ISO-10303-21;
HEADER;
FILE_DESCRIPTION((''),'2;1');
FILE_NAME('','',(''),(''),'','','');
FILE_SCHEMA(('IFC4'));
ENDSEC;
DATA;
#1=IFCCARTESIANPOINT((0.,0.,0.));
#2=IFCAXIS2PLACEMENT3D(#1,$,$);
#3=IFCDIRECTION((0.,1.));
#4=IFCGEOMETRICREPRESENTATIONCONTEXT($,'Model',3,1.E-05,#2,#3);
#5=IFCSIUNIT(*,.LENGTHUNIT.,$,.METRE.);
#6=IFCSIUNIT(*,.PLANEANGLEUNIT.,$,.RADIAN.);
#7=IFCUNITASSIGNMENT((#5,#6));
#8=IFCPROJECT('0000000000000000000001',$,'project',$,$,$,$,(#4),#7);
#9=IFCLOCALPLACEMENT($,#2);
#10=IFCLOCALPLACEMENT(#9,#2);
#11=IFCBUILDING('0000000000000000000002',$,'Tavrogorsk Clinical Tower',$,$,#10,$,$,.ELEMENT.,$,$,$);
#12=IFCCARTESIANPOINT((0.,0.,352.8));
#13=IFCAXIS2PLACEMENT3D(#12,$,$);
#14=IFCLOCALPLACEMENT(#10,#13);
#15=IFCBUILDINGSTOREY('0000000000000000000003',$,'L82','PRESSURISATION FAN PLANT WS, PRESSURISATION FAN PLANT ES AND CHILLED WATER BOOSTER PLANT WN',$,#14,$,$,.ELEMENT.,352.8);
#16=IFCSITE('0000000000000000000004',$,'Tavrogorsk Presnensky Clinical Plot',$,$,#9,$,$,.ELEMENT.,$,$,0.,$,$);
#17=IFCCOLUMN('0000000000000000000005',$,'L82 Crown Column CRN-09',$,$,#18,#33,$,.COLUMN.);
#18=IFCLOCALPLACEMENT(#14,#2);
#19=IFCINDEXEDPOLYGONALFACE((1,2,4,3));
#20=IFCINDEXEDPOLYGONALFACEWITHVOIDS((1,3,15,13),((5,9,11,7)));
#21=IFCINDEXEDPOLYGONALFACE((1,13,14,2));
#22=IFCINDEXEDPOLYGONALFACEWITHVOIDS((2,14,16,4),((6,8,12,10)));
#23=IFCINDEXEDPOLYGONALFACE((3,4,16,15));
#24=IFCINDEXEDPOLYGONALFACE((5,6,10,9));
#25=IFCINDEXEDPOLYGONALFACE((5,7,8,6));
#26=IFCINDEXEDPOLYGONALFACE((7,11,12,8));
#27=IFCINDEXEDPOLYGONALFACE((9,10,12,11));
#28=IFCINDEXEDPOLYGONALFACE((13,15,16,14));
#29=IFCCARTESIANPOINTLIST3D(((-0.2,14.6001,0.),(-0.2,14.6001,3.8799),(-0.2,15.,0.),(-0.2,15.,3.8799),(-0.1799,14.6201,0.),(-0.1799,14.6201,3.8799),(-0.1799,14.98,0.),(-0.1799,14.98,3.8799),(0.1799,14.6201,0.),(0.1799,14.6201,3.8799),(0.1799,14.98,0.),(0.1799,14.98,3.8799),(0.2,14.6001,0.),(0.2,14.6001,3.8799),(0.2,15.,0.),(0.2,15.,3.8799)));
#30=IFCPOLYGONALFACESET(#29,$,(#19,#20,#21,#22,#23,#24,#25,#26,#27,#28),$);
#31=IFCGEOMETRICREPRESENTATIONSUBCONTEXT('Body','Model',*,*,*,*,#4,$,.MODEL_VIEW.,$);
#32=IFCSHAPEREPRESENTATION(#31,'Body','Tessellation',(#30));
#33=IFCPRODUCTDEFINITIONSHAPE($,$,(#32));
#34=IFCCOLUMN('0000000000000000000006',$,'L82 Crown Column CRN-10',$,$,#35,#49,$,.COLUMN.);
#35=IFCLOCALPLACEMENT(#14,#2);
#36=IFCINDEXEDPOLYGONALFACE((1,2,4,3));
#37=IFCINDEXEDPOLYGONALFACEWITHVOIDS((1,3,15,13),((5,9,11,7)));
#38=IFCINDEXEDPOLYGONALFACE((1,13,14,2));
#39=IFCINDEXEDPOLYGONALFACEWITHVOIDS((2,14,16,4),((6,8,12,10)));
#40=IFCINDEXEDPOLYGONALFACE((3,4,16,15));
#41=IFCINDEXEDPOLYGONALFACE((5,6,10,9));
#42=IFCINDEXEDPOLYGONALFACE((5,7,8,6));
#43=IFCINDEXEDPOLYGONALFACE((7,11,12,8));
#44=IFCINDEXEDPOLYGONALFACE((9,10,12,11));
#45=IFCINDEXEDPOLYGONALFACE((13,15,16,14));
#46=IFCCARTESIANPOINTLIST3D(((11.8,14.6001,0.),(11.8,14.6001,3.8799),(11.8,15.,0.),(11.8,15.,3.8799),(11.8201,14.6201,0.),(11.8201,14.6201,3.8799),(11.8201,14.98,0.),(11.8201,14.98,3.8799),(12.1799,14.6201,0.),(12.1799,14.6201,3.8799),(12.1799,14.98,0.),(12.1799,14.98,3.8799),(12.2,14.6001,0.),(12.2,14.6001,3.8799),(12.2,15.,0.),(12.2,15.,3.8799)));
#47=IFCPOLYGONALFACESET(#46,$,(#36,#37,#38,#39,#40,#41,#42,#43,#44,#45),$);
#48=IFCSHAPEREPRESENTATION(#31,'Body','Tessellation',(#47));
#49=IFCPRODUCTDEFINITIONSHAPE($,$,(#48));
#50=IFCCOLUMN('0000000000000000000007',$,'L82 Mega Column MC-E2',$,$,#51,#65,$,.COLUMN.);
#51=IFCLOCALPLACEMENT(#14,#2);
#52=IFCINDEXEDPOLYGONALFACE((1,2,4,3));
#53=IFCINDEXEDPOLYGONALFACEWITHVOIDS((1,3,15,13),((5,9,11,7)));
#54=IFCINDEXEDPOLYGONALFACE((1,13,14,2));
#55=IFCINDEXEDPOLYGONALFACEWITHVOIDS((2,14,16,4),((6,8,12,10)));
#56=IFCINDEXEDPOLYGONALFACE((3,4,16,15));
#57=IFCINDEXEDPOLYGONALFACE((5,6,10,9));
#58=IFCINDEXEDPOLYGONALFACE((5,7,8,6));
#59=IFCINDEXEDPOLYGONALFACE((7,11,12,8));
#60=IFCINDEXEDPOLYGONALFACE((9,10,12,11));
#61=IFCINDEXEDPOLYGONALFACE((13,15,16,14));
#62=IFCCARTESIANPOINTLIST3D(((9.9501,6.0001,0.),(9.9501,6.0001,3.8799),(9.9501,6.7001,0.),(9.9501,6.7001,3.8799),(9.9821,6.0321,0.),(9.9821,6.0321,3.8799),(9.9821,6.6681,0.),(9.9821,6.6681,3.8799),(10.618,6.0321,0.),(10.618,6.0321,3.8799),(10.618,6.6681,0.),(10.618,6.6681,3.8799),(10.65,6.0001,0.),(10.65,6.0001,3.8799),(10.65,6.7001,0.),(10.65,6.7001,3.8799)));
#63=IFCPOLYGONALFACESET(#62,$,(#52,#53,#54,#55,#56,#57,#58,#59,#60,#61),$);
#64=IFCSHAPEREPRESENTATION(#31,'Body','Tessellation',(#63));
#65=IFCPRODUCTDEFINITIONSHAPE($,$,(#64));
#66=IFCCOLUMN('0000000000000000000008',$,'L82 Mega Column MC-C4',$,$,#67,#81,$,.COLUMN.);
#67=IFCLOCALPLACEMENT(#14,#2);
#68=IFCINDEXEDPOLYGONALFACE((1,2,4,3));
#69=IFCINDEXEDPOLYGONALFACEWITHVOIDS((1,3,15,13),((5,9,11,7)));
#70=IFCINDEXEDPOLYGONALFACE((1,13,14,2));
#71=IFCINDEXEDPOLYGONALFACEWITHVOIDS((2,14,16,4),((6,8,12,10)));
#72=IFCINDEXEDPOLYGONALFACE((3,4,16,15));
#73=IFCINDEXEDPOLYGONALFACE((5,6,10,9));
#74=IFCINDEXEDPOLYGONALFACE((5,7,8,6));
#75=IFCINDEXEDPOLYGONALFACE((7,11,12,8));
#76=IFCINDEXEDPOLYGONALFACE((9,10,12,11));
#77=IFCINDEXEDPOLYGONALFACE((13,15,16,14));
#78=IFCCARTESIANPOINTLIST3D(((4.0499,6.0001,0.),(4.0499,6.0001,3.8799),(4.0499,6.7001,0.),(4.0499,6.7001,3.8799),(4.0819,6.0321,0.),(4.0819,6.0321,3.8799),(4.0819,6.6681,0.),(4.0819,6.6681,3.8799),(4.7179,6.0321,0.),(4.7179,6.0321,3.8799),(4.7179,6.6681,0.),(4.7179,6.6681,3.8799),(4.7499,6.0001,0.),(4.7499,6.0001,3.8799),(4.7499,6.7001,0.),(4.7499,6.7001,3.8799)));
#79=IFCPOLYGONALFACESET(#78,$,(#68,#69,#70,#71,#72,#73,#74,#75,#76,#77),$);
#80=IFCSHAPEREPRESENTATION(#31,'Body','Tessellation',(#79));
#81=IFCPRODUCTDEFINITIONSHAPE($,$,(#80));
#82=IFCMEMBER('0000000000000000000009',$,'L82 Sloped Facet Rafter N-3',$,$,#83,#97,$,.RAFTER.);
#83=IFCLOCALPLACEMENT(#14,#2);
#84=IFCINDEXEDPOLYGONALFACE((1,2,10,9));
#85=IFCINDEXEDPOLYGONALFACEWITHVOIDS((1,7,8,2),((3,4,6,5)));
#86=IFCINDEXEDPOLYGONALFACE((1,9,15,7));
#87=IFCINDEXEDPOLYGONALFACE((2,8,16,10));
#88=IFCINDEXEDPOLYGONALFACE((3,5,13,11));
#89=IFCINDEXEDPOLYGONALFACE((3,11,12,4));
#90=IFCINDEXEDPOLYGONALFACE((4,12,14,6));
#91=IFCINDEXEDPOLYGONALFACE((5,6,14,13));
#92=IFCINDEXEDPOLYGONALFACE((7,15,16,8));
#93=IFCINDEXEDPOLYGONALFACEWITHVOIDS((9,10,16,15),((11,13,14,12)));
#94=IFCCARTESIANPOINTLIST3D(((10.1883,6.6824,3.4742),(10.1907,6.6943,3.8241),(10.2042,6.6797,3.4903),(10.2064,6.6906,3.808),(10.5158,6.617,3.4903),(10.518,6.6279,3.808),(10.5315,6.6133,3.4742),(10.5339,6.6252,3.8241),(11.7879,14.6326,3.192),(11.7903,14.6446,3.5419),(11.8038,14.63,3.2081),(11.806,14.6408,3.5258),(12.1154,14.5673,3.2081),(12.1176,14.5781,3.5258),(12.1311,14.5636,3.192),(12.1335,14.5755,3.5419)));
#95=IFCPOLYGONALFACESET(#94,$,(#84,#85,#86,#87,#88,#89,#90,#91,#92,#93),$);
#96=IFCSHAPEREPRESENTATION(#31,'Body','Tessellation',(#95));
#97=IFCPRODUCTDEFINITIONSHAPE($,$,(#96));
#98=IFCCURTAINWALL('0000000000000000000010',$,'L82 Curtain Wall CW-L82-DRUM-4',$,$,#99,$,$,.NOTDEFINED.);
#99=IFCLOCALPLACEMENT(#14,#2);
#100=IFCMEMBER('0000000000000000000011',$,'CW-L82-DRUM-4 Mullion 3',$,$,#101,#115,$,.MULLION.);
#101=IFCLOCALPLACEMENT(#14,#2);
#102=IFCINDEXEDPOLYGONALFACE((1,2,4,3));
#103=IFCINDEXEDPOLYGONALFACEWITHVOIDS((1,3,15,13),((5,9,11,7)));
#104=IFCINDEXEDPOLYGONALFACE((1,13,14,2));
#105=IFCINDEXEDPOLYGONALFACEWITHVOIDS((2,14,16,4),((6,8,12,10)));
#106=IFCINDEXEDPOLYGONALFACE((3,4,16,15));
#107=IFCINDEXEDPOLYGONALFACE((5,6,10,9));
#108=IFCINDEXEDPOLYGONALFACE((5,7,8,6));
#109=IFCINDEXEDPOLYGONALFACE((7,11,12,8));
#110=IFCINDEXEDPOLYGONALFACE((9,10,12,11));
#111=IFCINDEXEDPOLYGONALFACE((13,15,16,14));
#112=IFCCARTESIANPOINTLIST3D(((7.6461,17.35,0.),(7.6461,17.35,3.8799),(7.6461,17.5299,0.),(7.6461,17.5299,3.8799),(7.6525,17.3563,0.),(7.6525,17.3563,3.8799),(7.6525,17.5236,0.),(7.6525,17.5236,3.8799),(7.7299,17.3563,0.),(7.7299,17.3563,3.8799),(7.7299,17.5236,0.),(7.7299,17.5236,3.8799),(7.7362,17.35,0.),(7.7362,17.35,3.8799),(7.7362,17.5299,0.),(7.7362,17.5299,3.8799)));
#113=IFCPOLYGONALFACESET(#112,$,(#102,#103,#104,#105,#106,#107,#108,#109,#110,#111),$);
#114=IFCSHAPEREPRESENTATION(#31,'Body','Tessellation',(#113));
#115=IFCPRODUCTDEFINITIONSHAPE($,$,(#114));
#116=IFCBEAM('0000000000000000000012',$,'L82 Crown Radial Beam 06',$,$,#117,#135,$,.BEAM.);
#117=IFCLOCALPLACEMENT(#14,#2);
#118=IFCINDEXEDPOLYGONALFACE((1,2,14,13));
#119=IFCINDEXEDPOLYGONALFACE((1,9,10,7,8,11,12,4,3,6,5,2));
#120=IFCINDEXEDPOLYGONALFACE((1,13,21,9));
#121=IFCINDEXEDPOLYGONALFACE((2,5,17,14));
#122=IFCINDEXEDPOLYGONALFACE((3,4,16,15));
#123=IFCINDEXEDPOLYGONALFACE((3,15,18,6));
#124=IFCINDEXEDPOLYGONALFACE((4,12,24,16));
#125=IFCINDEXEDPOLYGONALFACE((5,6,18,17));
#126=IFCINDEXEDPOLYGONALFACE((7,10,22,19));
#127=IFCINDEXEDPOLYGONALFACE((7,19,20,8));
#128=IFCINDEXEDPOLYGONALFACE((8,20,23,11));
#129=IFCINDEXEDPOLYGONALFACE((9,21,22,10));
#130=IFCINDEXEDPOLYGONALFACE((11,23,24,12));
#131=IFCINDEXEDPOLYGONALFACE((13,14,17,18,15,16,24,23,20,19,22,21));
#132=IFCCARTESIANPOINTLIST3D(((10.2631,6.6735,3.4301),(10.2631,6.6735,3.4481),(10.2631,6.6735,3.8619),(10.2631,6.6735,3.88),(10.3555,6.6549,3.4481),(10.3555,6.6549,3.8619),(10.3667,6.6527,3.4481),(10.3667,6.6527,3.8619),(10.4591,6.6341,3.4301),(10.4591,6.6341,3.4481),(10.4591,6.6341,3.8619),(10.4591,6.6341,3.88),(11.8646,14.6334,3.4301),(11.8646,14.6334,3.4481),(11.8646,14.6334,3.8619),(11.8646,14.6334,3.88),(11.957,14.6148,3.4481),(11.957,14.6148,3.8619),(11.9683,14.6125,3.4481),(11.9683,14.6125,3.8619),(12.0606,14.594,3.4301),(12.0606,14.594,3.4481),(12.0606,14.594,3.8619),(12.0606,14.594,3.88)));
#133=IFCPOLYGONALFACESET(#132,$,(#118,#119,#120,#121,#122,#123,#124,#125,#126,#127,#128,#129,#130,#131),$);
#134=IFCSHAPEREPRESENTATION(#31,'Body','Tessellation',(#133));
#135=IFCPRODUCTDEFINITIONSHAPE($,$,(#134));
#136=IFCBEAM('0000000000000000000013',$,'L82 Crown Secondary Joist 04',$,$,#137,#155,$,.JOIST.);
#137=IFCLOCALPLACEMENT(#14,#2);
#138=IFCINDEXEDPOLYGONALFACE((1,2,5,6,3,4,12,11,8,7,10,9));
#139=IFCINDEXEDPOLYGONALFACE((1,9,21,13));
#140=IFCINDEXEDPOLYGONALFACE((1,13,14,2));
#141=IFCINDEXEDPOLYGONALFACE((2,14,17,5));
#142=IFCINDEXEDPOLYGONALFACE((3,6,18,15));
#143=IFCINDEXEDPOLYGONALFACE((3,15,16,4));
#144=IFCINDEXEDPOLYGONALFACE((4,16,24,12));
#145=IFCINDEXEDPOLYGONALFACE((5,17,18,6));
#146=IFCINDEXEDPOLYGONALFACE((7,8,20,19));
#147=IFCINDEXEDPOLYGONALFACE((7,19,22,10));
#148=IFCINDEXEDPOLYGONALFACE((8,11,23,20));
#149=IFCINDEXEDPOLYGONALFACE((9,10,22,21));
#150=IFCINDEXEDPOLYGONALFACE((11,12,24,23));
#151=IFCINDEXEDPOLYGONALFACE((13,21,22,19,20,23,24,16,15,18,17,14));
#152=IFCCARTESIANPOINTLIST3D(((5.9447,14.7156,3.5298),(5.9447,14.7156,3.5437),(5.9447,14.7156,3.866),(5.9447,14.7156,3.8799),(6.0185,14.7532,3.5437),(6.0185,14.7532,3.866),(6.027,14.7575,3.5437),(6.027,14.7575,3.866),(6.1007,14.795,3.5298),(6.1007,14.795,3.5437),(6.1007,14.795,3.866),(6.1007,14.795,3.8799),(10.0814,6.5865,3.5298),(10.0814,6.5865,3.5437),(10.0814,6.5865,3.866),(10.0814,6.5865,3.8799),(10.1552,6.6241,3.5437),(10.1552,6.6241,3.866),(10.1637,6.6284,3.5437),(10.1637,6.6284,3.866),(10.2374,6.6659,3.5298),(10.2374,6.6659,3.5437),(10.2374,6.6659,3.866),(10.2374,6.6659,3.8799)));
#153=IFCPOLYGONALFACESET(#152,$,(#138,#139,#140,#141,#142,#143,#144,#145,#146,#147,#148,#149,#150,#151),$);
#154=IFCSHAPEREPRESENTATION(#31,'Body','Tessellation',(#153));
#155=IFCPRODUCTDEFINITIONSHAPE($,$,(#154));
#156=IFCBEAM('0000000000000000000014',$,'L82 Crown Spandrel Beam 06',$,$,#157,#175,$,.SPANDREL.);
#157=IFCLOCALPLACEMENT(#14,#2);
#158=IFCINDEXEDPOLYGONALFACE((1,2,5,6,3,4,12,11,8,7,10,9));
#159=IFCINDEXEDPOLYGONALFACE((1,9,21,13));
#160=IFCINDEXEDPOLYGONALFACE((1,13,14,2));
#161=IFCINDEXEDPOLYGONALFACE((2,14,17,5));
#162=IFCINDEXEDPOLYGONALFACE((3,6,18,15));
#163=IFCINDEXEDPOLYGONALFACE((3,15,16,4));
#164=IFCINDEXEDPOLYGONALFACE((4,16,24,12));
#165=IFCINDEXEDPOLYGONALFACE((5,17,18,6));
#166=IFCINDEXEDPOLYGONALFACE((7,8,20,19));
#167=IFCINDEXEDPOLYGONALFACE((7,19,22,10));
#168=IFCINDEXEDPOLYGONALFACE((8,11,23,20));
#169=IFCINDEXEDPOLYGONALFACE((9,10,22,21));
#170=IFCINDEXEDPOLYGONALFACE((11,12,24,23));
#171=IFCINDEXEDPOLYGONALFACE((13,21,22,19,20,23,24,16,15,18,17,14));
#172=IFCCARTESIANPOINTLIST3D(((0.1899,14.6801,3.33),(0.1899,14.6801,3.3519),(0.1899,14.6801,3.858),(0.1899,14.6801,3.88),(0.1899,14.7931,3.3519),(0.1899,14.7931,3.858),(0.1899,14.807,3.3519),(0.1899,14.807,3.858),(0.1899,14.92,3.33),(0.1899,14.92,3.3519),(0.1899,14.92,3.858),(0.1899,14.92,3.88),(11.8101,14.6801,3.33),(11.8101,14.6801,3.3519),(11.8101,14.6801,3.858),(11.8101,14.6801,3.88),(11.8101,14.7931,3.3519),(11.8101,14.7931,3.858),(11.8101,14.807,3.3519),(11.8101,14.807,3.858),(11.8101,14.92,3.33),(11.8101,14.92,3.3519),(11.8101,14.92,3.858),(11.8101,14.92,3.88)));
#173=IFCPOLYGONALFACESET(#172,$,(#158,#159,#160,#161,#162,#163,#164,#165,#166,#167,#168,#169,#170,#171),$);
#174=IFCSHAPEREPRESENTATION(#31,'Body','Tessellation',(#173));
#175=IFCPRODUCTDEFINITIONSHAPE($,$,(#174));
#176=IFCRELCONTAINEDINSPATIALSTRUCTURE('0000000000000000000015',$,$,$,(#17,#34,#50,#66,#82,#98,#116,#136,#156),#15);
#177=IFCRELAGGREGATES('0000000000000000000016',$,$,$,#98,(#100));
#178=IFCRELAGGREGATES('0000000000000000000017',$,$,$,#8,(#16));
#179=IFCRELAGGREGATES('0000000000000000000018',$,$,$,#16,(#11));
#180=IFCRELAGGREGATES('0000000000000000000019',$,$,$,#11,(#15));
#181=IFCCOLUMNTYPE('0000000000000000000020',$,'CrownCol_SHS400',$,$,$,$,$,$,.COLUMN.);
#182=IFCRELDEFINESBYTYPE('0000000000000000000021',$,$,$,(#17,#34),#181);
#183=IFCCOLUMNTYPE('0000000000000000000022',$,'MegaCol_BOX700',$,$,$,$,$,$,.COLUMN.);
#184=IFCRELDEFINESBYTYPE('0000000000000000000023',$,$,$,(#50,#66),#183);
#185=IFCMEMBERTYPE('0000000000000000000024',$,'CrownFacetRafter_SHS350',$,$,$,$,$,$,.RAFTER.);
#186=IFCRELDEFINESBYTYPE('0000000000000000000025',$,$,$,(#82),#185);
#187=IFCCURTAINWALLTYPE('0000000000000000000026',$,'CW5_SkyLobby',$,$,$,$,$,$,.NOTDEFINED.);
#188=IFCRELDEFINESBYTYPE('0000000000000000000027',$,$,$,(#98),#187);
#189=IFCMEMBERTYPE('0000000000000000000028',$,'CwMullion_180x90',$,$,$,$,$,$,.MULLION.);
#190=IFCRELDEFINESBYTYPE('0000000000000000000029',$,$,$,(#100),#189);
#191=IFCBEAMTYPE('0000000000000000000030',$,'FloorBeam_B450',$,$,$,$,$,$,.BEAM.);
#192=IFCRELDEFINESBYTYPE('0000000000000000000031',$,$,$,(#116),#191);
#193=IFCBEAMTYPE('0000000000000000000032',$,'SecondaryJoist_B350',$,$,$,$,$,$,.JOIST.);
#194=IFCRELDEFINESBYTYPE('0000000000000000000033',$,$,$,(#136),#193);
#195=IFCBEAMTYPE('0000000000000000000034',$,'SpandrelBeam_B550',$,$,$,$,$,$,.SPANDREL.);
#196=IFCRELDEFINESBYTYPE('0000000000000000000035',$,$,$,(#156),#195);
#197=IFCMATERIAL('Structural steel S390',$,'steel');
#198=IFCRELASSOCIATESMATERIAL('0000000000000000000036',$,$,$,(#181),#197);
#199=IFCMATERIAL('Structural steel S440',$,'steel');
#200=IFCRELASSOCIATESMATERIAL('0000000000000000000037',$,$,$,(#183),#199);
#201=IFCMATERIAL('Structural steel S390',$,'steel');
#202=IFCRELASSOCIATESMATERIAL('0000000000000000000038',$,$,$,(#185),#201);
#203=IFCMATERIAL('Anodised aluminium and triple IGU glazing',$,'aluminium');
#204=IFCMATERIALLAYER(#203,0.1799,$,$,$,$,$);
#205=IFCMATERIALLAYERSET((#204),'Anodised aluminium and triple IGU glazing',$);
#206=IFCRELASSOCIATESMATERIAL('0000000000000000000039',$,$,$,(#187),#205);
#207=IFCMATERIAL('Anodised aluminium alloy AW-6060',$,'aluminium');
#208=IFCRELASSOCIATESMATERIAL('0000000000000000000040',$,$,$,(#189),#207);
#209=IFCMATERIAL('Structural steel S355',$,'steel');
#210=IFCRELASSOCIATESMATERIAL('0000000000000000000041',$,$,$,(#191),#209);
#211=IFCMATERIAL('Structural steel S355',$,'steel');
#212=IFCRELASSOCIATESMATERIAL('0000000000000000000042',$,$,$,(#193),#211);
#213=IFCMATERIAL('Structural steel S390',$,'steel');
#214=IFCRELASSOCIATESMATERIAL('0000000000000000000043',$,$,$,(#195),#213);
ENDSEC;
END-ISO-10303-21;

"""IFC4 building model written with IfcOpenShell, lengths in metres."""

from ifc_helpers import new_model, si_unit, direction, frame, origin, origin_2d, place, context, subcontext, project, spatial, hollow_rectangle, i_section, extrude, material, layer, layer_set, material_profile, profile_set, type_object, element, aggregate, save


model = new_model("IFC4")

# Units and contexts
model_context = context("Model", 3, precision=1e-05, world=origin(), true_north=direction((0.0, 1.0)))
body_context = subcontext(model_context, "Body", "Model", "MODEL_VIEW")
ifc_project = project(units=[si_unit("LENGTHUNIT", "METRE"), si_unit("PLANEANGLEUNIT", "RADIAN")], contexts=[model_context])

# Site, building, storey
site_placement = place(None, origin())
site = spatial("IfcSite", under=ifc_project, at=site_placement, Name="Tavrogorsk Presnensky Clinical Plot", CompositionType="ELEMENT", RefElevation=0.0)
building_placement = place(site_placement, origin())
building = spatial("IfcBuilding", under=site, at=building_placement, Name="Tavrogorsk Clinical Tower", CompositionType="ELEMENT")
storey_placement = place(building_placement, frame((0.0, 0.0, 352.8)))
storey = spatial("IfcBuildingStorey", under=building, at=storey_placement, Name="L82", Description="PRESSURISATION FAN PLANT WS, PRESSURISATION FAN PLANT ES AND CHILLED WATER BOOSTER PLANT WN", CompositionType="ELEMENT", Elevation=352.8)

# Columns
ifc_material_1 = material(Name="Structural steel S390", Category="steel")
ifc_material_profile_1 = material_profile(ifc_material_1, hollow_rectangle(XDim=0.3999, YDim=0.3999, WallThickness=0.02, at=origin_2d()), Name="SHS-400x400x20")
ifc_profile_set_1 = profile_set([ifc_material_profile_1], Name="Structural steel S390")
column_type_1 = type_object("IfcColumnType", Name="CrownCol_SHS400", PredefinedType="COLUMN", material=ifc_profile_set_1)
for number, where, z_axis, x_axis, name in (
    (1, (0.0, 14.8, 0.0), (0.0, 0.0, 1.0), (1.0, 0.0, 0.0), "L82 Crown Column CRN-09"),
    (2, (12.0, 14.8, 0.0), (0.0, 0.0, 1.0), (1.0, 0.0, 0.0), "L82 Crown Column CRN-10"),
):
    element("IfcColumn", number, at=place(storey_placement, frame(where, z_axis=z_axis, x_axis=x_axis)), inside=storey, type_object=column_type_1, Name=name, PredefinedType="COLUMN", context=body_context, shape_type="SweptSolid", body=[
        extrude(hollow_rectangle(XDim=0.3999, YDim=0.3999, WallThickness=0.02, at=origin_2d()), origin(), (0.0, 0.0, 1.0), 3.8799),
    ])
ifc_material_2 = material(Name="Structural steel S440", Category="steel")
ifc_material_profile_2 = material_profile(ifc_material_2, hollow_rectangle(XDim=0.7, YDim=0.7, WallThickness=0.032, at=origin_2d()), Name="BOX-700x700x32")
ifc_profile_set_2 = profile_set([ifc_material_profile_2], Name="Structural steel S440")
column_type_2 = type_object("IfcColumnType", Name="MegaCol_BOX700", PredefinedType="COLUMN", material=ifc_profile_set_2)
for number, where, z_axis, x_axis, name in (
    (3, (10.3, 6.3501, 0.0), (0.0, 0.0, 1.0), (1.0, 0.0, 0.0), "L82 Mega Column MC-E2"),
    (4, (4.3999, 6.3501, 0.0), (0.0, 0.0, 1.0), (1.0, 0.0, 0.0), "L82 Mega Column MC-C4"),
):
    element("IfcColumn", number, at=place(storey_placement, frame(where, z_axis=z_axis, x_axis=x_axis)), inside=storey, type_object=column_type_2, Name=name, PredefinedType="COLUMN", context=body_context, shape_type="SweptSolid", body=[
        extrude(hollow_rectangle(XDim=0.7, YDim=0.7, WallThickness=0.032, at=origin_2d()), origin(), (0.0, 0.0, 1.0), 3.8799),
    ])

# Member
ifc_material_3 = material(Name="Structural steel S390", Category="steel")
ifc_material_profile_3 = material_profile(ifc_material_3, hollow_rectangle(XDim=0.3501, YDim=0.3501, WallThickness=0.0161, at=origin_2d()), Name="SHS-350x350x16")
ifc_profile_set_3 = profile_set([ifc_material_profile_3], Name="Structural steel S390")
member_type_1 = type_object("IfcMemberType", Name="CrownFacetRafter_SHS350", PredefinedType="RAFTER", material=ifc_profile_set_3)
member_1_placement = place(storey_placement, frame((10.3611, 6.6538, 3.6492), z_axis=(0.197131, 0.97976, -0.034781), x_axis=(-0.980353, 0.197251, 0.0)))
element("IfcMember", 5, at=member_1_placement, inside=storey, type_object=member_type_1, Name="L82 Sloped Facet Rafter N-3", PredefinedType="RAFTER", context=body_context, shape_type="SweptSolid", body=[
    extrude(hollow_rectangle(XDim=0.3501, YDim=0.3501, WallThickness=0.0161, at=origin_2d()), origin(), (0.0, 0.0, 1.0), 8.1145),
])

# Curtain wall, member
ifc_material_4 = material(Name="Anodised aluminium and triple IGU glazing", Category="aluminium")
ifc_layer_1 = layer(ifc_material_4, 0.1799)
ifc_layer_set_1 = layer_set([ifc_layer_1], Name="Anodised aluminium and triple IGU glazing")
curtain_wall_type = type_object("IfcCurtainWallType", Name="CW5_SkyLobby", PredefinedType="NOTDEFINED", material=ifc_layer_set_1)
curtain_wall_placement = place(storey_placement, origin())
curtain_wall = element("IfcCurtainWall", 6, at=curtain_wall_placement, inside=storey, type_object=curtain_wall_type, Name="L82 Curtain Wall CW-L82-DRUM-4", PredefinedType="NOTDEFINED")
ifc_material_5 = material(Name="Anodised aluminium alloy AW-6060", Category="aluminium")
ifc_material_profile_4 = material_profile(ifc_material_5, hollow_rectangle(XDim=0.0901, YDim=0.1799, WallThickness=0.0063, at=origin_2d()), Name="RHS-180x90x6.3")
ifc_profile_set_4 = profile_set([ifc_material_profile_4], Name="Anodised aluminium alloy AW-6060")
member_type_2 = type_object("IfcMemberType", Name="CwMullion_180x90", PredefinedType="MULLION", material=ifc_profile_set_4)
member_2_placement = place(storey_placement, frame((7.6912, 17.4399, 0.0), z_axis=(0.0, 0.0, 1.0), x_axis=(1.0, 0.0, 0.0)))
member_2 = element("IfcMember", 7, at=member_2_placement, type_object=member_type_2, Name="CW-L82-DRUM-4 Mullion 3", PredefinedType="MULLION", context=body_context, shape_type="SweptSolid", body=[
    extrude(hollow_rectangle(XDim=0.0901, YDim=0.1799, WallThickness=0.0063, at=origin_2d()), origin(), (0.0, 0.0, 1.0), 3.8799),
])

# Beams
ifc_material_6 = material(Name="Structural steel S355", Category="steel")
ifc_material_profile_5 = material_profile(ifc_material_6, i_section(OverallWidth=0.2, OverallDepth=0.45, WebThickness=0.0115, FlangeThickness=0.0181, at=origin_2d()), Name="B-450x200x11.5x18")
ifc_profile_set_5 = profile_set([ifc_material_profile_5], Name="Structural steel S355")
beam_type_1 = type_object("IfcBeamType", Name="FloorBeam_B450", PredefinedType="BEAM", material=ifc_profile_set_5)
beam_1_placement = place(storey_placement, frame((10.3611, 6.6538, 3.655), z_axis=(0.197249, 0.980353, 0.0), x_axis=(-0.980353, 0.197249, 0.0)))
element("IfcBeam", 8, at=beam_1_placement, inside=storey, type_object=beam_type_1, Name="L82 Crown Radial Beam 06", PredefinedType="BEAM", context=body_context, shape_type="SweptSolid", body=[
    extrude(i_section(OverallWidth=0.2, OverallDepth=0.45, WebThickness=0.0115, FlangeThickness=0.0181, at=origin_2d()), origin(), (0.0, 0.0, 1.0), 8.1194),
])
ifc_material_7 = material(Name="Structural steel S355", Category="steel")
ifc_material_profile_6 = material_profile(ifc_material_7, i_section(OverallWidth=0.175, OverallDepth=0.3501, WebThickness=0.0095, FlangeThickness=0.0139, at=origin_2d()), Name="B-350x175x9.5x14")
ifc_profile_set_6 = profile_set([ifc_material_profile_6], Name="Structural steel S355")
beam_type_2 = type_object("IfcBeamType", Name="SecondaryJoist_B350", PredefinedType="JOIST", material=ifc_profile_set_6)
beam_2_placement = place(storey_placement, frame((10.1594, 6.6262, 3.7048), z_axis=(-0.45353, 0.891241, 0.0), x_axis=(-0.891241, -0.45353, 0.0)))
element("IfcBeam", 9, at=beam_2_placement, inside=storey, type_object=beam_type_2, Name="L82 Crown Secondary Joist 04", PredefinedType="JOIST", context=body_context, shape_type="SweptSolid", body=[
    extrude(i_section(OverallWidth=0.175, OverallDepth=0.3501, WebThickness=0.0095, FlangeThickness=0.0139, at=origin_2d()), origin(), (0.0, 0.0, 1.0), 9.1211),
])
ifc_material_8 = material(Name="Structural steel S390", Category="steel")
ifc_material_profile_7 = material_profile(ifc_material_8, i_section(OverallWidth=0.24, OverallDepth=0.55, WebThickness=0.0139, FlangeThickness=0.022, at=origin_2d()), Name="B-550x240x14x22")
ifc_profile_set_7 = profile_set([ifc_material_profile_7], Name="Structural steel S390")
beam_type_3 = type_object("IfcBeamType", Name="SpandrelBeam_B550", PredefinedType="SPANDREL", material=ifc_profile_set_7)
beam_3_placement = place(storey_placement, frame((11.8101, 14.8, 3.605), z_axis=(-1.0, 0.0, 0.0), x_axis=(0.0, -1.0, 0.0)))
element("IfcBeam", 10, at=beam_3_placement, inside=storey, type_object=beam_type_3, Name="L82 Crown Spandrel Beam 06", PredefinedType="SPANDREL", context=body_context, shape_type="SweptSolid", body=[
    extrude(i_section(OverallWidth=0.24, OverallDepth=0.55, WebThickness=0.0139, FlangeThickness=0.022, at=origin_2d()), origin(), (0.0, 0.0, 1.0), 11.6201),
])

aggregate(curtain_wall, [member_2])

save(model, "model.ifc")
